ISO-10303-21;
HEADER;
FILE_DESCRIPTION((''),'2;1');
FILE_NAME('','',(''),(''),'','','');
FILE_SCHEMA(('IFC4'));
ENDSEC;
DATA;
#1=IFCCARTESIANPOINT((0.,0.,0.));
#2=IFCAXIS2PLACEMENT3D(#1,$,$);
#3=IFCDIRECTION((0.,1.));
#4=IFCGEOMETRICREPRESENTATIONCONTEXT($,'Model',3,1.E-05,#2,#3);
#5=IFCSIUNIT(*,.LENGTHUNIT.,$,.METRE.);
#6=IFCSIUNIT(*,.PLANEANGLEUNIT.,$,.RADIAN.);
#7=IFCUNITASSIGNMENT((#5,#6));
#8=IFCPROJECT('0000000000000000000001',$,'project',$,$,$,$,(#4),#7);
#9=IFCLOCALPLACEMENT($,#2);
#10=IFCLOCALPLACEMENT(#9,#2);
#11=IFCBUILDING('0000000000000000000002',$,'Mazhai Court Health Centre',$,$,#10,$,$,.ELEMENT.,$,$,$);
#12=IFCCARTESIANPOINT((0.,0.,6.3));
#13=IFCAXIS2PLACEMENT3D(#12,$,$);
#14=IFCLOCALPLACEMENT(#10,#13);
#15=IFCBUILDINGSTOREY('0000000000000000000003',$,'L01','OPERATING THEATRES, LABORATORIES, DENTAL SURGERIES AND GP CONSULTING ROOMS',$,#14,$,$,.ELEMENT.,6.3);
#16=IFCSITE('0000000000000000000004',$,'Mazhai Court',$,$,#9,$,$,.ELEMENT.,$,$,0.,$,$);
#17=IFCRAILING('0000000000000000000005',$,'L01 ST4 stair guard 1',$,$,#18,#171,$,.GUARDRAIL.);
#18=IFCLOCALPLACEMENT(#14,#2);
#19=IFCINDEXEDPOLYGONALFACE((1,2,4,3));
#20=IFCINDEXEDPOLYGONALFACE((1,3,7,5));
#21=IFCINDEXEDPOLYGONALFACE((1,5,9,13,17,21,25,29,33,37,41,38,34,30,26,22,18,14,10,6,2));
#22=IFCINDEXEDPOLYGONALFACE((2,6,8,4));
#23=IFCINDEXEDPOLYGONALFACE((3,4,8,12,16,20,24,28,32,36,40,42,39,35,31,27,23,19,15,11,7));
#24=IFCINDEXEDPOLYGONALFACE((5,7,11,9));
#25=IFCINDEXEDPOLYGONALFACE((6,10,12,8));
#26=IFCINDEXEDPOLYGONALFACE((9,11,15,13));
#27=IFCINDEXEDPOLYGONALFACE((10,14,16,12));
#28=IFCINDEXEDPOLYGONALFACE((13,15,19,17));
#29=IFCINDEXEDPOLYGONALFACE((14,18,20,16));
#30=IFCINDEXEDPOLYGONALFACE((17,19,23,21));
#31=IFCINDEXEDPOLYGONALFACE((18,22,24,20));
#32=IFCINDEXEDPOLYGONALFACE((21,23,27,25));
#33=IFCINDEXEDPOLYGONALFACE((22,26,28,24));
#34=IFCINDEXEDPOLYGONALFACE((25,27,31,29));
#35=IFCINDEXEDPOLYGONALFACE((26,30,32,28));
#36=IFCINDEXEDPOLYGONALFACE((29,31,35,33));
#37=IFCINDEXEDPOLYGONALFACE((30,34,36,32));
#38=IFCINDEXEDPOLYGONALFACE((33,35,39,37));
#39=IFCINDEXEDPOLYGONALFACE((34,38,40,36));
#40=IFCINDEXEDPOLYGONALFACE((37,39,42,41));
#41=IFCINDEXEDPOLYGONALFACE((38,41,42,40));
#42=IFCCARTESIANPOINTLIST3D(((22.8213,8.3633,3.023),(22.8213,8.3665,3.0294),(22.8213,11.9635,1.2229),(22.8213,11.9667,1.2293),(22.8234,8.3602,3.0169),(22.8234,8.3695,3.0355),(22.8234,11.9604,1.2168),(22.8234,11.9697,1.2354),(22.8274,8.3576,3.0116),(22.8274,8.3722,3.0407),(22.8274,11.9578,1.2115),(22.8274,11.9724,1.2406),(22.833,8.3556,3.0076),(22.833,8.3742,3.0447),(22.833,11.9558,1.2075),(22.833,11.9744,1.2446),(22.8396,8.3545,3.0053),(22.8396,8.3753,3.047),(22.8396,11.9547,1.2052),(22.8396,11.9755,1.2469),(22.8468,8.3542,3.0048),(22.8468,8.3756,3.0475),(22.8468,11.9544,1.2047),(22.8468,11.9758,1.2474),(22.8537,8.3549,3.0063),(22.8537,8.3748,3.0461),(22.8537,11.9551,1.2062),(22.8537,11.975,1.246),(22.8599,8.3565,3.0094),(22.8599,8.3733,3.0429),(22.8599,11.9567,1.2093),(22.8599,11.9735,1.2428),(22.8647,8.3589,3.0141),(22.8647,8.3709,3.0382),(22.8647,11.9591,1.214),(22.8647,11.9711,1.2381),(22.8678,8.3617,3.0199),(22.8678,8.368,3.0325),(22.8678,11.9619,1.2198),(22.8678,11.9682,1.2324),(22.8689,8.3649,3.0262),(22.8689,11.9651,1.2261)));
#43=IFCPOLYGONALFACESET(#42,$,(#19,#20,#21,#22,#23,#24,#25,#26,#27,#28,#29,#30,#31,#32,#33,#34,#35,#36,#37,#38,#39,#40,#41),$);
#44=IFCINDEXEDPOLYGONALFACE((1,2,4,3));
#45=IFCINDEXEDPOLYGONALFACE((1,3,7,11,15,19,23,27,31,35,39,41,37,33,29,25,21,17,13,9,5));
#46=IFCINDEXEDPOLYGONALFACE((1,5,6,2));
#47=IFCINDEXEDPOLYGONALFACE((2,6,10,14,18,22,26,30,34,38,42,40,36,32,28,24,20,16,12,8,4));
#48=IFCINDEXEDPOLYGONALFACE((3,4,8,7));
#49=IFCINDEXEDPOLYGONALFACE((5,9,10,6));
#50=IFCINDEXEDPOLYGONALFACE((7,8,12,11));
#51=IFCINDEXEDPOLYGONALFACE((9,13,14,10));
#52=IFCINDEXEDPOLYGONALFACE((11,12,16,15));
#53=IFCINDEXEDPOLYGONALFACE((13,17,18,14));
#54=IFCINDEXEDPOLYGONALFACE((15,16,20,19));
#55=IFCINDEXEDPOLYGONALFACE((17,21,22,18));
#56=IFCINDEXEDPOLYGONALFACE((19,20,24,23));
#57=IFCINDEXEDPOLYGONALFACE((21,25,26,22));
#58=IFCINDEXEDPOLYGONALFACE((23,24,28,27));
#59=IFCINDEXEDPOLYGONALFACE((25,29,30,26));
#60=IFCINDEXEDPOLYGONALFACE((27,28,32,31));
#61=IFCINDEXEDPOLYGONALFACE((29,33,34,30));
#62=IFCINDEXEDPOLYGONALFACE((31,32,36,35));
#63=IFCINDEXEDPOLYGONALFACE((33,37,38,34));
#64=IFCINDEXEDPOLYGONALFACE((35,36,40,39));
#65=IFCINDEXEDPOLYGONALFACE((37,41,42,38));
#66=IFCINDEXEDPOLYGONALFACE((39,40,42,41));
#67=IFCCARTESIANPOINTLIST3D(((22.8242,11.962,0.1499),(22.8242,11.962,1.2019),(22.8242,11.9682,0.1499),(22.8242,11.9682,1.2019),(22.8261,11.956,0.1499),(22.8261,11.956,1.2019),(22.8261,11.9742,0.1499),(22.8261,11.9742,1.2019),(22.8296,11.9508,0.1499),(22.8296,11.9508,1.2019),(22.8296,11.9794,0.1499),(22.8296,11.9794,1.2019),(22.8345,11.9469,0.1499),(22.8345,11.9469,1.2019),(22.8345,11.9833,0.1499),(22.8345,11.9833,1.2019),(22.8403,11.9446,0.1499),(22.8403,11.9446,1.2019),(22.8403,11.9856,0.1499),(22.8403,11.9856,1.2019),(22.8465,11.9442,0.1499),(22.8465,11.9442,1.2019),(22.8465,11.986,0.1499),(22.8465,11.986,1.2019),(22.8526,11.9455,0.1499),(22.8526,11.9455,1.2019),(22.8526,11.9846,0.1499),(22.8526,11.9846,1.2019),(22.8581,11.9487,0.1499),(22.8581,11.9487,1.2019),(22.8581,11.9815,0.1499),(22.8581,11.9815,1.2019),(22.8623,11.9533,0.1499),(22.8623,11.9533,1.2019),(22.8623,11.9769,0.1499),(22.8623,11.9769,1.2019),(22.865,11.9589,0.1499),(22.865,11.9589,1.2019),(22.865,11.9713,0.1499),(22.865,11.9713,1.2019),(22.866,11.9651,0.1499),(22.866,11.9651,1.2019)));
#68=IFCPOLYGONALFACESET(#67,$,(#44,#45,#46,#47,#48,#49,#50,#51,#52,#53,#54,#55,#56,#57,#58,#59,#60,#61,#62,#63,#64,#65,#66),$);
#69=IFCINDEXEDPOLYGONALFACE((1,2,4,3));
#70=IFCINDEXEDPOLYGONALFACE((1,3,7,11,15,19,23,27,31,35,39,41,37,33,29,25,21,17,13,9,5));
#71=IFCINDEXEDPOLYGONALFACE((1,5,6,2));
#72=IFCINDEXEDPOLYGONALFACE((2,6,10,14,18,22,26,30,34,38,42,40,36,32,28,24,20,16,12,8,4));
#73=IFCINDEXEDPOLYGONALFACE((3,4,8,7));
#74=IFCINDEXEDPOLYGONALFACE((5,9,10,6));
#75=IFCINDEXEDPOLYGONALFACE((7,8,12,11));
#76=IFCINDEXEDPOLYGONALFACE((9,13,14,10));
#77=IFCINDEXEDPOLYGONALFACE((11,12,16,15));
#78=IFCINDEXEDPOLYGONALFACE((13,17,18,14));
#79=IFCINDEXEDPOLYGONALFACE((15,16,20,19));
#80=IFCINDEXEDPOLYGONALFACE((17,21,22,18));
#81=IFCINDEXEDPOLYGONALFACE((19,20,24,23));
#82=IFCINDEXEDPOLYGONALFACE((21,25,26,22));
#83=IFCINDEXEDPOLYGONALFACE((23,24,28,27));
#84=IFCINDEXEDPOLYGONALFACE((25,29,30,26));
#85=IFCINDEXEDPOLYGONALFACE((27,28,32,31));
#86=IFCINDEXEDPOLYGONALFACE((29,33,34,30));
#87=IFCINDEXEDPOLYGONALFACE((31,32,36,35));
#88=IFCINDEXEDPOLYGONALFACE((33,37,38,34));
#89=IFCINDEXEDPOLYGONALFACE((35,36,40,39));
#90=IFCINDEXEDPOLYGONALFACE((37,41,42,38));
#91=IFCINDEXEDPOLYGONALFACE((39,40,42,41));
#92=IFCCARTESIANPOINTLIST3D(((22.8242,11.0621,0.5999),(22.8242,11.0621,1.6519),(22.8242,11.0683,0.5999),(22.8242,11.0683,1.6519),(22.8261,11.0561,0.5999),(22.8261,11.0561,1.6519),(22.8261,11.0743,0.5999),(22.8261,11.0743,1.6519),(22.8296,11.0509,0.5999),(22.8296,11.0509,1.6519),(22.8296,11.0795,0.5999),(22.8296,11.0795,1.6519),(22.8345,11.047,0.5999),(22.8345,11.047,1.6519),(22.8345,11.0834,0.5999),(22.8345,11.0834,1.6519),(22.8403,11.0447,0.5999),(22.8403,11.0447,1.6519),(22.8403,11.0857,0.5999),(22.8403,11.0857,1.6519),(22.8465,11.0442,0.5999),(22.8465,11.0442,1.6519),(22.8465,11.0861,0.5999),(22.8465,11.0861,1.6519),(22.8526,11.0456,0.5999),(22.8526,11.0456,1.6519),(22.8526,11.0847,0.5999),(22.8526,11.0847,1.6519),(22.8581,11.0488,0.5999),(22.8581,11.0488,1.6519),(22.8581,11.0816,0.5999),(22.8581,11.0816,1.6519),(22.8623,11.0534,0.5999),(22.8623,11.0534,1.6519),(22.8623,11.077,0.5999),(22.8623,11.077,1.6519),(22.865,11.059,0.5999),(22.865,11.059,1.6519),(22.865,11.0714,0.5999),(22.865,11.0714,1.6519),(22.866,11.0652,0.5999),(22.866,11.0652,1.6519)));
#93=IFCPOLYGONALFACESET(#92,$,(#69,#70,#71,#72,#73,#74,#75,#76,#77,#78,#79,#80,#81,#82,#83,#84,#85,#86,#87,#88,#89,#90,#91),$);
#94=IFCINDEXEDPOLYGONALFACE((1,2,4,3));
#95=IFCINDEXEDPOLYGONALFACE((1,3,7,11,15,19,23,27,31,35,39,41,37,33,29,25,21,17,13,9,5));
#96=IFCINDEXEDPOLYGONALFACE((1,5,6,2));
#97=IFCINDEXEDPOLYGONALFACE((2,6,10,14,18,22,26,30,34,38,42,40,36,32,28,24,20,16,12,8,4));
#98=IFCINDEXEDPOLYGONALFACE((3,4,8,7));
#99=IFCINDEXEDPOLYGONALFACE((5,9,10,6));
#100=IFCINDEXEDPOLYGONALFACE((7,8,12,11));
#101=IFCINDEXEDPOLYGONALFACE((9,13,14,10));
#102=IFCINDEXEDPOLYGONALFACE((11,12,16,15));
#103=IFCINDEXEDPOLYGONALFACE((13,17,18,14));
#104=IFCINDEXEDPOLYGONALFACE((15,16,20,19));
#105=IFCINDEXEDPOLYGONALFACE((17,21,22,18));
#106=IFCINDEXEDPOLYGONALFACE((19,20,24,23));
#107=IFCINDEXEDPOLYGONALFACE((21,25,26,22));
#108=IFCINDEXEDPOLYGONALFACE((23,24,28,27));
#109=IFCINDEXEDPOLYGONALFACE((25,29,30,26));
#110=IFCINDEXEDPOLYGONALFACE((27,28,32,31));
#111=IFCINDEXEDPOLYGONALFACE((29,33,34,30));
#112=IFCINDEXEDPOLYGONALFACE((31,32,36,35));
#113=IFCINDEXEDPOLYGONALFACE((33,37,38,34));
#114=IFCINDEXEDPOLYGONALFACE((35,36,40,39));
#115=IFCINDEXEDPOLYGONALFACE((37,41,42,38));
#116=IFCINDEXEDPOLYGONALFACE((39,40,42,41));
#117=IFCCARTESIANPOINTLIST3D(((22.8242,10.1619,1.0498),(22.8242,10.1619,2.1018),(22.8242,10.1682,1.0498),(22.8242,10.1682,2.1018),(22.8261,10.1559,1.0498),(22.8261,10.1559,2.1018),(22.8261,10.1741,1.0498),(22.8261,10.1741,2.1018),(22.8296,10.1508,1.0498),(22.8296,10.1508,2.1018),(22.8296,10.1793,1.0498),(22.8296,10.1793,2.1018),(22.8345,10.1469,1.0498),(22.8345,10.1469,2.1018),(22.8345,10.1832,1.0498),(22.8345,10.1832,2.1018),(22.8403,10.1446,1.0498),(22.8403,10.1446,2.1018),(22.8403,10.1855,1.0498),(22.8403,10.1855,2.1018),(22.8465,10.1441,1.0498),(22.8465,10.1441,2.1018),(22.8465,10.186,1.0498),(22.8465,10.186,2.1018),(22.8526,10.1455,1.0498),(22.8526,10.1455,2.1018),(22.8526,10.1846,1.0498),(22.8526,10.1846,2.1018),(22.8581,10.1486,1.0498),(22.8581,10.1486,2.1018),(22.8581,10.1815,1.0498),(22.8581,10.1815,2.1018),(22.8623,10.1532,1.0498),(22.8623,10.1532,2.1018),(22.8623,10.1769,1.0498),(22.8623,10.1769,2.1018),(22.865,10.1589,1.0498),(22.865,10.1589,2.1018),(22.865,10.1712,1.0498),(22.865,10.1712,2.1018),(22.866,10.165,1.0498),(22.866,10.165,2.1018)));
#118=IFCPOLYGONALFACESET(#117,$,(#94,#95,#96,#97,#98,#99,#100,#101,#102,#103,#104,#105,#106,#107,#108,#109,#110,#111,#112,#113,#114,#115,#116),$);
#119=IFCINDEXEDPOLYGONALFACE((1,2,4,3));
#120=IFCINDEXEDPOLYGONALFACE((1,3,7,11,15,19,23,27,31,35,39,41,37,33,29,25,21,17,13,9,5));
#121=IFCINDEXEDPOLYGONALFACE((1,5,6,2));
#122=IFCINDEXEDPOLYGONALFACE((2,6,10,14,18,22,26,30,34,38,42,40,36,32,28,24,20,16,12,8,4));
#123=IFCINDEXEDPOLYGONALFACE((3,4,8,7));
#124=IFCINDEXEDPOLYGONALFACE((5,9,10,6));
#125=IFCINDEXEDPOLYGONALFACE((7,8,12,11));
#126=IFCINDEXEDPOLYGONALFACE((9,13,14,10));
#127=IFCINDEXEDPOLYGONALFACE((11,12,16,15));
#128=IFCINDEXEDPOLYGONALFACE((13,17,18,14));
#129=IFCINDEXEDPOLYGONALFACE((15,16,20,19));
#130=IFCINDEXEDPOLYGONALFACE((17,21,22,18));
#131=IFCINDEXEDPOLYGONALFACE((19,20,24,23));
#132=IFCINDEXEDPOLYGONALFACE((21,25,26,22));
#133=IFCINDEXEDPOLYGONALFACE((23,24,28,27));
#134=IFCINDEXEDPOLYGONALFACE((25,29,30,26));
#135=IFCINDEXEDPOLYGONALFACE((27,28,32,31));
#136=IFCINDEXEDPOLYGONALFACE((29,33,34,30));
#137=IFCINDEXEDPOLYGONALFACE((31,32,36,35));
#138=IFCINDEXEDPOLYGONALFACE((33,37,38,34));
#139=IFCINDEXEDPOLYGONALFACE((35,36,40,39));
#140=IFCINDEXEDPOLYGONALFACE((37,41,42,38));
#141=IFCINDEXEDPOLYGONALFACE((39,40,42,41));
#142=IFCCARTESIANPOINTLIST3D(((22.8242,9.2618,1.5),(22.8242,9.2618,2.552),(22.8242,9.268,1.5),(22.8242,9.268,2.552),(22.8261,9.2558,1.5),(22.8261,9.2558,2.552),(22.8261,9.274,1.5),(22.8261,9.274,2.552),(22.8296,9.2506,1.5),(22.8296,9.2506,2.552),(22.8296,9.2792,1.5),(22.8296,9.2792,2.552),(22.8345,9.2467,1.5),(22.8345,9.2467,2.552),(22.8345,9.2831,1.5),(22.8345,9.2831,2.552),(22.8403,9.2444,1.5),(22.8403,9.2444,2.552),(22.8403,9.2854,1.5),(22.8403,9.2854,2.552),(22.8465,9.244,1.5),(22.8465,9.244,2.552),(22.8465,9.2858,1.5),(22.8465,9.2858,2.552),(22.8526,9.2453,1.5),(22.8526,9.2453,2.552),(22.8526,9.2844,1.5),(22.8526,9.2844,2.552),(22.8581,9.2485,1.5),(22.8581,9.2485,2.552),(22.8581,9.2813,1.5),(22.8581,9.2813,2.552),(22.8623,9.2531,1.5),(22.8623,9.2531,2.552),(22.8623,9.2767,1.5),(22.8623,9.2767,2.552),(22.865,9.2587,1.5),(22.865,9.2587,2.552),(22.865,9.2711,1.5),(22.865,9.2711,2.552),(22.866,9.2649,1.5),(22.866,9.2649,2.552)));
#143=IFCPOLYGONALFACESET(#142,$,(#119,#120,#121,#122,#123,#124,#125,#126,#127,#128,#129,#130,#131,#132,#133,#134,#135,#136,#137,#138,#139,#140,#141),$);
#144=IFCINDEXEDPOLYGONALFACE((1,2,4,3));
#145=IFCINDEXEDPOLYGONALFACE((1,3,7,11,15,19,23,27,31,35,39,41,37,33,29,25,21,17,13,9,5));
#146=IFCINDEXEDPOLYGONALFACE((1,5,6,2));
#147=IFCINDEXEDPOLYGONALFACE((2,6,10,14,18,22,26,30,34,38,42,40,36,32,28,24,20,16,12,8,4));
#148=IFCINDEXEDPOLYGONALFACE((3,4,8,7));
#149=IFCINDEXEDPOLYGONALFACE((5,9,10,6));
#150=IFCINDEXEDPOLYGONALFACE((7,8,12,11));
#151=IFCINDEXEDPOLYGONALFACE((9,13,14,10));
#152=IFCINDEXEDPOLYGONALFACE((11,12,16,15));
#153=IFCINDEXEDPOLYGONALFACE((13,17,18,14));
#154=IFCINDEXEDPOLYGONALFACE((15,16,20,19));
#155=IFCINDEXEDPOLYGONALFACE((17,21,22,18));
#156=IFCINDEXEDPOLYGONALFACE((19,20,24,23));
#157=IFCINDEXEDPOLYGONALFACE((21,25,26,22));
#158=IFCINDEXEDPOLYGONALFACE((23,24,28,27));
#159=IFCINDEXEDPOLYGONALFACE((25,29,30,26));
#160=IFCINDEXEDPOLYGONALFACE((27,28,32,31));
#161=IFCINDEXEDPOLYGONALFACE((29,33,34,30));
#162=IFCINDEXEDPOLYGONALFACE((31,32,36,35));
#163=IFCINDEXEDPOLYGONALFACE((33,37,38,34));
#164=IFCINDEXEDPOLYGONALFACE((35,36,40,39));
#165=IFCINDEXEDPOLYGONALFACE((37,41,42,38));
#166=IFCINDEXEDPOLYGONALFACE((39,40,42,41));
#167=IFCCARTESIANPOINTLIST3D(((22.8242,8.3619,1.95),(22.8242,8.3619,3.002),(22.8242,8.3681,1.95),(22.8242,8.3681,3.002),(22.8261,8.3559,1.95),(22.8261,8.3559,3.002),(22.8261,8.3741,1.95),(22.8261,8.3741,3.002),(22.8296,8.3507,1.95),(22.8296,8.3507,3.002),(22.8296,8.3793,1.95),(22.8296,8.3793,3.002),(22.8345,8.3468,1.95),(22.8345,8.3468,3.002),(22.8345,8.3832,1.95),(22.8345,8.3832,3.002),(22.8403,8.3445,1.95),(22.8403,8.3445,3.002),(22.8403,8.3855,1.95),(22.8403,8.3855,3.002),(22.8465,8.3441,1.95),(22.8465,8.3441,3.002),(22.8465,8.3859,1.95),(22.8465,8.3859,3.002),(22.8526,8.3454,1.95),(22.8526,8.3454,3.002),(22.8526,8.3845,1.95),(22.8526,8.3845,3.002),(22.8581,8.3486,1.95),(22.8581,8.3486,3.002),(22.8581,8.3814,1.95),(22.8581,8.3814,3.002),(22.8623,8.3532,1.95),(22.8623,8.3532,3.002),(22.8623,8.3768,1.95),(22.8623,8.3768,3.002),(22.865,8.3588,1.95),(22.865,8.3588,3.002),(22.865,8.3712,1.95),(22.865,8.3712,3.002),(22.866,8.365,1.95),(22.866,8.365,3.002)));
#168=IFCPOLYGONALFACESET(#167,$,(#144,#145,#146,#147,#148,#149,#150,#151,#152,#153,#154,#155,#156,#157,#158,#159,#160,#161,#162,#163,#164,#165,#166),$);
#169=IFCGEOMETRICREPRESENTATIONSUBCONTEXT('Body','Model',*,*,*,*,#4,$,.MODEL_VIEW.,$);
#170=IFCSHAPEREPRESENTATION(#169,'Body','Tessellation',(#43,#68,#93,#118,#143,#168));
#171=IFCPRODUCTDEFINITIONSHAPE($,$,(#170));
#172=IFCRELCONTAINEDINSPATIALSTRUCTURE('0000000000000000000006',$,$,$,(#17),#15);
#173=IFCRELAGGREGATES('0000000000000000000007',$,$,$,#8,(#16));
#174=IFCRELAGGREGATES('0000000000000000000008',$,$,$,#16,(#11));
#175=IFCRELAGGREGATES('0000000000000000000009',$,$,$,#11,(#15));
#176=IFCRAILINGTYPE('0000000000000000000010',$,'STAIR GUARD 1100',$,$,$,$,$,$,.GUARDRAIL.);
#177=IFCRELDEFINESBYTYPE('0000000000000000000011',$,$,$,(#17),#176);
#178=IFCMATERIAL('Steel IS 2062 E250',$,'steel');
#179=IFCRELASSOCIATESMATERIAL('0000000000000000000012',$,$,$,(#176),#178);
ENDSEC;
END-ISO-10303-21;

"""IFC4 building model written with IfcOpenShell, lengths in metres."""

from ifc_helpers import new_model, si_unit, direction, frame, origin, origin_2d, place, context, subcontext, project, spatial, circle, extrude, material, type_object, element, save


model = new_model("IFC4")

# Units and contexts
model_context = context("Model", 3, precision=1e-05, world=origin(), true_north=direction((0.0, 1.0)))
body_context = subcontext(model_context, "Body", "Model", "MODEL_VIEW")
ifc_project = project(units=[si_unit("LENGTHUNIT", "METRE"), si_unit("PLANEANGLEUNIT", "RADIAN")], contexts=[model_context])

# Site, building, storey
site_placement = place(None, origin())
site = spatial("IfcSite", under=ifc_project, at=site_placement, Name="Mazhai Court", CompositionType="ELEMENT", RefElevation=0.0)
building_placement = place(site_placement, origin())
building = spatial("IfcBuilding", under=site, at=building_placement, Name="Mazhai Court Health Centre", CompositionType="ELEMENT")
storey_placement = place(building_placement, frame((0.0, 0.0, 6.3)))
storey = spatial("IfcBuildingStorey", under=building, at=storey_placement, Name="L01", Description="OPERATING THEATRES, LABORATORIES, DENTAL SURGERIES AND GP CONSULTING ROOMS", CompositionType="ELEMENT", Elevation=6.3)

# Railing
ifc_material_1 = material(Name="Steel IS 2062 E250", Category="steel")
railing_type = type_object("IfcRailingType", Name="STAIR GUARD 1100", PredefinedType="GUARDRAIL", material=ifc_material_1)
railing_1_placement = place(storey_placement, frame((22.845, 11.9651, 0.1499)))
element("IfcRailing", 1, at=railing_1_placement, inside=storey, type_object=railing_type, Name="L01 ST4 stair guard 1", PredefinedType="GUARDRAIL", context=body_context, shape_type="SweptSolid", body=[
    extrude(circle(Radius=0.0239, at=origin_2d()), frame((0.0, 0.0, 1.0762), z_axis=(0.0, -0.894427, 0.447214), x_axis=(1.0, 0.0, 0.0)), (0.0, 0.0, 1.0), 4.0251),
    extrude(circle(Radius=0.021, at=origin_2d()), origin(), (0.0, 0.0, 1.0), 1.052),
    extrude(circle(Radius=0.021, at=origin_2d()), frame((0.0, -0.8999, 0.45)), (0.0, 0.0, 1.0), 1.052),
    extrude(circle(Radius=0.021, at=origin_2d()), frame((0.0, -1.8, 0.8999)), (0.0, 0.0, 1.0), 1.052),
    extrude(circle(Radius=0.021, at=origin_2d()), frame((0.0, -2.7002, 1.3501)), (0.0, 0.0, 1.0), 1.052),
    extrude(circle(Radius=0.021, at=origin_2d()), frame((0.0, -3.6001, 1.8)), (0.0, 0.0, 1.0), 1.052),
])

save(model, "model.ifc")
